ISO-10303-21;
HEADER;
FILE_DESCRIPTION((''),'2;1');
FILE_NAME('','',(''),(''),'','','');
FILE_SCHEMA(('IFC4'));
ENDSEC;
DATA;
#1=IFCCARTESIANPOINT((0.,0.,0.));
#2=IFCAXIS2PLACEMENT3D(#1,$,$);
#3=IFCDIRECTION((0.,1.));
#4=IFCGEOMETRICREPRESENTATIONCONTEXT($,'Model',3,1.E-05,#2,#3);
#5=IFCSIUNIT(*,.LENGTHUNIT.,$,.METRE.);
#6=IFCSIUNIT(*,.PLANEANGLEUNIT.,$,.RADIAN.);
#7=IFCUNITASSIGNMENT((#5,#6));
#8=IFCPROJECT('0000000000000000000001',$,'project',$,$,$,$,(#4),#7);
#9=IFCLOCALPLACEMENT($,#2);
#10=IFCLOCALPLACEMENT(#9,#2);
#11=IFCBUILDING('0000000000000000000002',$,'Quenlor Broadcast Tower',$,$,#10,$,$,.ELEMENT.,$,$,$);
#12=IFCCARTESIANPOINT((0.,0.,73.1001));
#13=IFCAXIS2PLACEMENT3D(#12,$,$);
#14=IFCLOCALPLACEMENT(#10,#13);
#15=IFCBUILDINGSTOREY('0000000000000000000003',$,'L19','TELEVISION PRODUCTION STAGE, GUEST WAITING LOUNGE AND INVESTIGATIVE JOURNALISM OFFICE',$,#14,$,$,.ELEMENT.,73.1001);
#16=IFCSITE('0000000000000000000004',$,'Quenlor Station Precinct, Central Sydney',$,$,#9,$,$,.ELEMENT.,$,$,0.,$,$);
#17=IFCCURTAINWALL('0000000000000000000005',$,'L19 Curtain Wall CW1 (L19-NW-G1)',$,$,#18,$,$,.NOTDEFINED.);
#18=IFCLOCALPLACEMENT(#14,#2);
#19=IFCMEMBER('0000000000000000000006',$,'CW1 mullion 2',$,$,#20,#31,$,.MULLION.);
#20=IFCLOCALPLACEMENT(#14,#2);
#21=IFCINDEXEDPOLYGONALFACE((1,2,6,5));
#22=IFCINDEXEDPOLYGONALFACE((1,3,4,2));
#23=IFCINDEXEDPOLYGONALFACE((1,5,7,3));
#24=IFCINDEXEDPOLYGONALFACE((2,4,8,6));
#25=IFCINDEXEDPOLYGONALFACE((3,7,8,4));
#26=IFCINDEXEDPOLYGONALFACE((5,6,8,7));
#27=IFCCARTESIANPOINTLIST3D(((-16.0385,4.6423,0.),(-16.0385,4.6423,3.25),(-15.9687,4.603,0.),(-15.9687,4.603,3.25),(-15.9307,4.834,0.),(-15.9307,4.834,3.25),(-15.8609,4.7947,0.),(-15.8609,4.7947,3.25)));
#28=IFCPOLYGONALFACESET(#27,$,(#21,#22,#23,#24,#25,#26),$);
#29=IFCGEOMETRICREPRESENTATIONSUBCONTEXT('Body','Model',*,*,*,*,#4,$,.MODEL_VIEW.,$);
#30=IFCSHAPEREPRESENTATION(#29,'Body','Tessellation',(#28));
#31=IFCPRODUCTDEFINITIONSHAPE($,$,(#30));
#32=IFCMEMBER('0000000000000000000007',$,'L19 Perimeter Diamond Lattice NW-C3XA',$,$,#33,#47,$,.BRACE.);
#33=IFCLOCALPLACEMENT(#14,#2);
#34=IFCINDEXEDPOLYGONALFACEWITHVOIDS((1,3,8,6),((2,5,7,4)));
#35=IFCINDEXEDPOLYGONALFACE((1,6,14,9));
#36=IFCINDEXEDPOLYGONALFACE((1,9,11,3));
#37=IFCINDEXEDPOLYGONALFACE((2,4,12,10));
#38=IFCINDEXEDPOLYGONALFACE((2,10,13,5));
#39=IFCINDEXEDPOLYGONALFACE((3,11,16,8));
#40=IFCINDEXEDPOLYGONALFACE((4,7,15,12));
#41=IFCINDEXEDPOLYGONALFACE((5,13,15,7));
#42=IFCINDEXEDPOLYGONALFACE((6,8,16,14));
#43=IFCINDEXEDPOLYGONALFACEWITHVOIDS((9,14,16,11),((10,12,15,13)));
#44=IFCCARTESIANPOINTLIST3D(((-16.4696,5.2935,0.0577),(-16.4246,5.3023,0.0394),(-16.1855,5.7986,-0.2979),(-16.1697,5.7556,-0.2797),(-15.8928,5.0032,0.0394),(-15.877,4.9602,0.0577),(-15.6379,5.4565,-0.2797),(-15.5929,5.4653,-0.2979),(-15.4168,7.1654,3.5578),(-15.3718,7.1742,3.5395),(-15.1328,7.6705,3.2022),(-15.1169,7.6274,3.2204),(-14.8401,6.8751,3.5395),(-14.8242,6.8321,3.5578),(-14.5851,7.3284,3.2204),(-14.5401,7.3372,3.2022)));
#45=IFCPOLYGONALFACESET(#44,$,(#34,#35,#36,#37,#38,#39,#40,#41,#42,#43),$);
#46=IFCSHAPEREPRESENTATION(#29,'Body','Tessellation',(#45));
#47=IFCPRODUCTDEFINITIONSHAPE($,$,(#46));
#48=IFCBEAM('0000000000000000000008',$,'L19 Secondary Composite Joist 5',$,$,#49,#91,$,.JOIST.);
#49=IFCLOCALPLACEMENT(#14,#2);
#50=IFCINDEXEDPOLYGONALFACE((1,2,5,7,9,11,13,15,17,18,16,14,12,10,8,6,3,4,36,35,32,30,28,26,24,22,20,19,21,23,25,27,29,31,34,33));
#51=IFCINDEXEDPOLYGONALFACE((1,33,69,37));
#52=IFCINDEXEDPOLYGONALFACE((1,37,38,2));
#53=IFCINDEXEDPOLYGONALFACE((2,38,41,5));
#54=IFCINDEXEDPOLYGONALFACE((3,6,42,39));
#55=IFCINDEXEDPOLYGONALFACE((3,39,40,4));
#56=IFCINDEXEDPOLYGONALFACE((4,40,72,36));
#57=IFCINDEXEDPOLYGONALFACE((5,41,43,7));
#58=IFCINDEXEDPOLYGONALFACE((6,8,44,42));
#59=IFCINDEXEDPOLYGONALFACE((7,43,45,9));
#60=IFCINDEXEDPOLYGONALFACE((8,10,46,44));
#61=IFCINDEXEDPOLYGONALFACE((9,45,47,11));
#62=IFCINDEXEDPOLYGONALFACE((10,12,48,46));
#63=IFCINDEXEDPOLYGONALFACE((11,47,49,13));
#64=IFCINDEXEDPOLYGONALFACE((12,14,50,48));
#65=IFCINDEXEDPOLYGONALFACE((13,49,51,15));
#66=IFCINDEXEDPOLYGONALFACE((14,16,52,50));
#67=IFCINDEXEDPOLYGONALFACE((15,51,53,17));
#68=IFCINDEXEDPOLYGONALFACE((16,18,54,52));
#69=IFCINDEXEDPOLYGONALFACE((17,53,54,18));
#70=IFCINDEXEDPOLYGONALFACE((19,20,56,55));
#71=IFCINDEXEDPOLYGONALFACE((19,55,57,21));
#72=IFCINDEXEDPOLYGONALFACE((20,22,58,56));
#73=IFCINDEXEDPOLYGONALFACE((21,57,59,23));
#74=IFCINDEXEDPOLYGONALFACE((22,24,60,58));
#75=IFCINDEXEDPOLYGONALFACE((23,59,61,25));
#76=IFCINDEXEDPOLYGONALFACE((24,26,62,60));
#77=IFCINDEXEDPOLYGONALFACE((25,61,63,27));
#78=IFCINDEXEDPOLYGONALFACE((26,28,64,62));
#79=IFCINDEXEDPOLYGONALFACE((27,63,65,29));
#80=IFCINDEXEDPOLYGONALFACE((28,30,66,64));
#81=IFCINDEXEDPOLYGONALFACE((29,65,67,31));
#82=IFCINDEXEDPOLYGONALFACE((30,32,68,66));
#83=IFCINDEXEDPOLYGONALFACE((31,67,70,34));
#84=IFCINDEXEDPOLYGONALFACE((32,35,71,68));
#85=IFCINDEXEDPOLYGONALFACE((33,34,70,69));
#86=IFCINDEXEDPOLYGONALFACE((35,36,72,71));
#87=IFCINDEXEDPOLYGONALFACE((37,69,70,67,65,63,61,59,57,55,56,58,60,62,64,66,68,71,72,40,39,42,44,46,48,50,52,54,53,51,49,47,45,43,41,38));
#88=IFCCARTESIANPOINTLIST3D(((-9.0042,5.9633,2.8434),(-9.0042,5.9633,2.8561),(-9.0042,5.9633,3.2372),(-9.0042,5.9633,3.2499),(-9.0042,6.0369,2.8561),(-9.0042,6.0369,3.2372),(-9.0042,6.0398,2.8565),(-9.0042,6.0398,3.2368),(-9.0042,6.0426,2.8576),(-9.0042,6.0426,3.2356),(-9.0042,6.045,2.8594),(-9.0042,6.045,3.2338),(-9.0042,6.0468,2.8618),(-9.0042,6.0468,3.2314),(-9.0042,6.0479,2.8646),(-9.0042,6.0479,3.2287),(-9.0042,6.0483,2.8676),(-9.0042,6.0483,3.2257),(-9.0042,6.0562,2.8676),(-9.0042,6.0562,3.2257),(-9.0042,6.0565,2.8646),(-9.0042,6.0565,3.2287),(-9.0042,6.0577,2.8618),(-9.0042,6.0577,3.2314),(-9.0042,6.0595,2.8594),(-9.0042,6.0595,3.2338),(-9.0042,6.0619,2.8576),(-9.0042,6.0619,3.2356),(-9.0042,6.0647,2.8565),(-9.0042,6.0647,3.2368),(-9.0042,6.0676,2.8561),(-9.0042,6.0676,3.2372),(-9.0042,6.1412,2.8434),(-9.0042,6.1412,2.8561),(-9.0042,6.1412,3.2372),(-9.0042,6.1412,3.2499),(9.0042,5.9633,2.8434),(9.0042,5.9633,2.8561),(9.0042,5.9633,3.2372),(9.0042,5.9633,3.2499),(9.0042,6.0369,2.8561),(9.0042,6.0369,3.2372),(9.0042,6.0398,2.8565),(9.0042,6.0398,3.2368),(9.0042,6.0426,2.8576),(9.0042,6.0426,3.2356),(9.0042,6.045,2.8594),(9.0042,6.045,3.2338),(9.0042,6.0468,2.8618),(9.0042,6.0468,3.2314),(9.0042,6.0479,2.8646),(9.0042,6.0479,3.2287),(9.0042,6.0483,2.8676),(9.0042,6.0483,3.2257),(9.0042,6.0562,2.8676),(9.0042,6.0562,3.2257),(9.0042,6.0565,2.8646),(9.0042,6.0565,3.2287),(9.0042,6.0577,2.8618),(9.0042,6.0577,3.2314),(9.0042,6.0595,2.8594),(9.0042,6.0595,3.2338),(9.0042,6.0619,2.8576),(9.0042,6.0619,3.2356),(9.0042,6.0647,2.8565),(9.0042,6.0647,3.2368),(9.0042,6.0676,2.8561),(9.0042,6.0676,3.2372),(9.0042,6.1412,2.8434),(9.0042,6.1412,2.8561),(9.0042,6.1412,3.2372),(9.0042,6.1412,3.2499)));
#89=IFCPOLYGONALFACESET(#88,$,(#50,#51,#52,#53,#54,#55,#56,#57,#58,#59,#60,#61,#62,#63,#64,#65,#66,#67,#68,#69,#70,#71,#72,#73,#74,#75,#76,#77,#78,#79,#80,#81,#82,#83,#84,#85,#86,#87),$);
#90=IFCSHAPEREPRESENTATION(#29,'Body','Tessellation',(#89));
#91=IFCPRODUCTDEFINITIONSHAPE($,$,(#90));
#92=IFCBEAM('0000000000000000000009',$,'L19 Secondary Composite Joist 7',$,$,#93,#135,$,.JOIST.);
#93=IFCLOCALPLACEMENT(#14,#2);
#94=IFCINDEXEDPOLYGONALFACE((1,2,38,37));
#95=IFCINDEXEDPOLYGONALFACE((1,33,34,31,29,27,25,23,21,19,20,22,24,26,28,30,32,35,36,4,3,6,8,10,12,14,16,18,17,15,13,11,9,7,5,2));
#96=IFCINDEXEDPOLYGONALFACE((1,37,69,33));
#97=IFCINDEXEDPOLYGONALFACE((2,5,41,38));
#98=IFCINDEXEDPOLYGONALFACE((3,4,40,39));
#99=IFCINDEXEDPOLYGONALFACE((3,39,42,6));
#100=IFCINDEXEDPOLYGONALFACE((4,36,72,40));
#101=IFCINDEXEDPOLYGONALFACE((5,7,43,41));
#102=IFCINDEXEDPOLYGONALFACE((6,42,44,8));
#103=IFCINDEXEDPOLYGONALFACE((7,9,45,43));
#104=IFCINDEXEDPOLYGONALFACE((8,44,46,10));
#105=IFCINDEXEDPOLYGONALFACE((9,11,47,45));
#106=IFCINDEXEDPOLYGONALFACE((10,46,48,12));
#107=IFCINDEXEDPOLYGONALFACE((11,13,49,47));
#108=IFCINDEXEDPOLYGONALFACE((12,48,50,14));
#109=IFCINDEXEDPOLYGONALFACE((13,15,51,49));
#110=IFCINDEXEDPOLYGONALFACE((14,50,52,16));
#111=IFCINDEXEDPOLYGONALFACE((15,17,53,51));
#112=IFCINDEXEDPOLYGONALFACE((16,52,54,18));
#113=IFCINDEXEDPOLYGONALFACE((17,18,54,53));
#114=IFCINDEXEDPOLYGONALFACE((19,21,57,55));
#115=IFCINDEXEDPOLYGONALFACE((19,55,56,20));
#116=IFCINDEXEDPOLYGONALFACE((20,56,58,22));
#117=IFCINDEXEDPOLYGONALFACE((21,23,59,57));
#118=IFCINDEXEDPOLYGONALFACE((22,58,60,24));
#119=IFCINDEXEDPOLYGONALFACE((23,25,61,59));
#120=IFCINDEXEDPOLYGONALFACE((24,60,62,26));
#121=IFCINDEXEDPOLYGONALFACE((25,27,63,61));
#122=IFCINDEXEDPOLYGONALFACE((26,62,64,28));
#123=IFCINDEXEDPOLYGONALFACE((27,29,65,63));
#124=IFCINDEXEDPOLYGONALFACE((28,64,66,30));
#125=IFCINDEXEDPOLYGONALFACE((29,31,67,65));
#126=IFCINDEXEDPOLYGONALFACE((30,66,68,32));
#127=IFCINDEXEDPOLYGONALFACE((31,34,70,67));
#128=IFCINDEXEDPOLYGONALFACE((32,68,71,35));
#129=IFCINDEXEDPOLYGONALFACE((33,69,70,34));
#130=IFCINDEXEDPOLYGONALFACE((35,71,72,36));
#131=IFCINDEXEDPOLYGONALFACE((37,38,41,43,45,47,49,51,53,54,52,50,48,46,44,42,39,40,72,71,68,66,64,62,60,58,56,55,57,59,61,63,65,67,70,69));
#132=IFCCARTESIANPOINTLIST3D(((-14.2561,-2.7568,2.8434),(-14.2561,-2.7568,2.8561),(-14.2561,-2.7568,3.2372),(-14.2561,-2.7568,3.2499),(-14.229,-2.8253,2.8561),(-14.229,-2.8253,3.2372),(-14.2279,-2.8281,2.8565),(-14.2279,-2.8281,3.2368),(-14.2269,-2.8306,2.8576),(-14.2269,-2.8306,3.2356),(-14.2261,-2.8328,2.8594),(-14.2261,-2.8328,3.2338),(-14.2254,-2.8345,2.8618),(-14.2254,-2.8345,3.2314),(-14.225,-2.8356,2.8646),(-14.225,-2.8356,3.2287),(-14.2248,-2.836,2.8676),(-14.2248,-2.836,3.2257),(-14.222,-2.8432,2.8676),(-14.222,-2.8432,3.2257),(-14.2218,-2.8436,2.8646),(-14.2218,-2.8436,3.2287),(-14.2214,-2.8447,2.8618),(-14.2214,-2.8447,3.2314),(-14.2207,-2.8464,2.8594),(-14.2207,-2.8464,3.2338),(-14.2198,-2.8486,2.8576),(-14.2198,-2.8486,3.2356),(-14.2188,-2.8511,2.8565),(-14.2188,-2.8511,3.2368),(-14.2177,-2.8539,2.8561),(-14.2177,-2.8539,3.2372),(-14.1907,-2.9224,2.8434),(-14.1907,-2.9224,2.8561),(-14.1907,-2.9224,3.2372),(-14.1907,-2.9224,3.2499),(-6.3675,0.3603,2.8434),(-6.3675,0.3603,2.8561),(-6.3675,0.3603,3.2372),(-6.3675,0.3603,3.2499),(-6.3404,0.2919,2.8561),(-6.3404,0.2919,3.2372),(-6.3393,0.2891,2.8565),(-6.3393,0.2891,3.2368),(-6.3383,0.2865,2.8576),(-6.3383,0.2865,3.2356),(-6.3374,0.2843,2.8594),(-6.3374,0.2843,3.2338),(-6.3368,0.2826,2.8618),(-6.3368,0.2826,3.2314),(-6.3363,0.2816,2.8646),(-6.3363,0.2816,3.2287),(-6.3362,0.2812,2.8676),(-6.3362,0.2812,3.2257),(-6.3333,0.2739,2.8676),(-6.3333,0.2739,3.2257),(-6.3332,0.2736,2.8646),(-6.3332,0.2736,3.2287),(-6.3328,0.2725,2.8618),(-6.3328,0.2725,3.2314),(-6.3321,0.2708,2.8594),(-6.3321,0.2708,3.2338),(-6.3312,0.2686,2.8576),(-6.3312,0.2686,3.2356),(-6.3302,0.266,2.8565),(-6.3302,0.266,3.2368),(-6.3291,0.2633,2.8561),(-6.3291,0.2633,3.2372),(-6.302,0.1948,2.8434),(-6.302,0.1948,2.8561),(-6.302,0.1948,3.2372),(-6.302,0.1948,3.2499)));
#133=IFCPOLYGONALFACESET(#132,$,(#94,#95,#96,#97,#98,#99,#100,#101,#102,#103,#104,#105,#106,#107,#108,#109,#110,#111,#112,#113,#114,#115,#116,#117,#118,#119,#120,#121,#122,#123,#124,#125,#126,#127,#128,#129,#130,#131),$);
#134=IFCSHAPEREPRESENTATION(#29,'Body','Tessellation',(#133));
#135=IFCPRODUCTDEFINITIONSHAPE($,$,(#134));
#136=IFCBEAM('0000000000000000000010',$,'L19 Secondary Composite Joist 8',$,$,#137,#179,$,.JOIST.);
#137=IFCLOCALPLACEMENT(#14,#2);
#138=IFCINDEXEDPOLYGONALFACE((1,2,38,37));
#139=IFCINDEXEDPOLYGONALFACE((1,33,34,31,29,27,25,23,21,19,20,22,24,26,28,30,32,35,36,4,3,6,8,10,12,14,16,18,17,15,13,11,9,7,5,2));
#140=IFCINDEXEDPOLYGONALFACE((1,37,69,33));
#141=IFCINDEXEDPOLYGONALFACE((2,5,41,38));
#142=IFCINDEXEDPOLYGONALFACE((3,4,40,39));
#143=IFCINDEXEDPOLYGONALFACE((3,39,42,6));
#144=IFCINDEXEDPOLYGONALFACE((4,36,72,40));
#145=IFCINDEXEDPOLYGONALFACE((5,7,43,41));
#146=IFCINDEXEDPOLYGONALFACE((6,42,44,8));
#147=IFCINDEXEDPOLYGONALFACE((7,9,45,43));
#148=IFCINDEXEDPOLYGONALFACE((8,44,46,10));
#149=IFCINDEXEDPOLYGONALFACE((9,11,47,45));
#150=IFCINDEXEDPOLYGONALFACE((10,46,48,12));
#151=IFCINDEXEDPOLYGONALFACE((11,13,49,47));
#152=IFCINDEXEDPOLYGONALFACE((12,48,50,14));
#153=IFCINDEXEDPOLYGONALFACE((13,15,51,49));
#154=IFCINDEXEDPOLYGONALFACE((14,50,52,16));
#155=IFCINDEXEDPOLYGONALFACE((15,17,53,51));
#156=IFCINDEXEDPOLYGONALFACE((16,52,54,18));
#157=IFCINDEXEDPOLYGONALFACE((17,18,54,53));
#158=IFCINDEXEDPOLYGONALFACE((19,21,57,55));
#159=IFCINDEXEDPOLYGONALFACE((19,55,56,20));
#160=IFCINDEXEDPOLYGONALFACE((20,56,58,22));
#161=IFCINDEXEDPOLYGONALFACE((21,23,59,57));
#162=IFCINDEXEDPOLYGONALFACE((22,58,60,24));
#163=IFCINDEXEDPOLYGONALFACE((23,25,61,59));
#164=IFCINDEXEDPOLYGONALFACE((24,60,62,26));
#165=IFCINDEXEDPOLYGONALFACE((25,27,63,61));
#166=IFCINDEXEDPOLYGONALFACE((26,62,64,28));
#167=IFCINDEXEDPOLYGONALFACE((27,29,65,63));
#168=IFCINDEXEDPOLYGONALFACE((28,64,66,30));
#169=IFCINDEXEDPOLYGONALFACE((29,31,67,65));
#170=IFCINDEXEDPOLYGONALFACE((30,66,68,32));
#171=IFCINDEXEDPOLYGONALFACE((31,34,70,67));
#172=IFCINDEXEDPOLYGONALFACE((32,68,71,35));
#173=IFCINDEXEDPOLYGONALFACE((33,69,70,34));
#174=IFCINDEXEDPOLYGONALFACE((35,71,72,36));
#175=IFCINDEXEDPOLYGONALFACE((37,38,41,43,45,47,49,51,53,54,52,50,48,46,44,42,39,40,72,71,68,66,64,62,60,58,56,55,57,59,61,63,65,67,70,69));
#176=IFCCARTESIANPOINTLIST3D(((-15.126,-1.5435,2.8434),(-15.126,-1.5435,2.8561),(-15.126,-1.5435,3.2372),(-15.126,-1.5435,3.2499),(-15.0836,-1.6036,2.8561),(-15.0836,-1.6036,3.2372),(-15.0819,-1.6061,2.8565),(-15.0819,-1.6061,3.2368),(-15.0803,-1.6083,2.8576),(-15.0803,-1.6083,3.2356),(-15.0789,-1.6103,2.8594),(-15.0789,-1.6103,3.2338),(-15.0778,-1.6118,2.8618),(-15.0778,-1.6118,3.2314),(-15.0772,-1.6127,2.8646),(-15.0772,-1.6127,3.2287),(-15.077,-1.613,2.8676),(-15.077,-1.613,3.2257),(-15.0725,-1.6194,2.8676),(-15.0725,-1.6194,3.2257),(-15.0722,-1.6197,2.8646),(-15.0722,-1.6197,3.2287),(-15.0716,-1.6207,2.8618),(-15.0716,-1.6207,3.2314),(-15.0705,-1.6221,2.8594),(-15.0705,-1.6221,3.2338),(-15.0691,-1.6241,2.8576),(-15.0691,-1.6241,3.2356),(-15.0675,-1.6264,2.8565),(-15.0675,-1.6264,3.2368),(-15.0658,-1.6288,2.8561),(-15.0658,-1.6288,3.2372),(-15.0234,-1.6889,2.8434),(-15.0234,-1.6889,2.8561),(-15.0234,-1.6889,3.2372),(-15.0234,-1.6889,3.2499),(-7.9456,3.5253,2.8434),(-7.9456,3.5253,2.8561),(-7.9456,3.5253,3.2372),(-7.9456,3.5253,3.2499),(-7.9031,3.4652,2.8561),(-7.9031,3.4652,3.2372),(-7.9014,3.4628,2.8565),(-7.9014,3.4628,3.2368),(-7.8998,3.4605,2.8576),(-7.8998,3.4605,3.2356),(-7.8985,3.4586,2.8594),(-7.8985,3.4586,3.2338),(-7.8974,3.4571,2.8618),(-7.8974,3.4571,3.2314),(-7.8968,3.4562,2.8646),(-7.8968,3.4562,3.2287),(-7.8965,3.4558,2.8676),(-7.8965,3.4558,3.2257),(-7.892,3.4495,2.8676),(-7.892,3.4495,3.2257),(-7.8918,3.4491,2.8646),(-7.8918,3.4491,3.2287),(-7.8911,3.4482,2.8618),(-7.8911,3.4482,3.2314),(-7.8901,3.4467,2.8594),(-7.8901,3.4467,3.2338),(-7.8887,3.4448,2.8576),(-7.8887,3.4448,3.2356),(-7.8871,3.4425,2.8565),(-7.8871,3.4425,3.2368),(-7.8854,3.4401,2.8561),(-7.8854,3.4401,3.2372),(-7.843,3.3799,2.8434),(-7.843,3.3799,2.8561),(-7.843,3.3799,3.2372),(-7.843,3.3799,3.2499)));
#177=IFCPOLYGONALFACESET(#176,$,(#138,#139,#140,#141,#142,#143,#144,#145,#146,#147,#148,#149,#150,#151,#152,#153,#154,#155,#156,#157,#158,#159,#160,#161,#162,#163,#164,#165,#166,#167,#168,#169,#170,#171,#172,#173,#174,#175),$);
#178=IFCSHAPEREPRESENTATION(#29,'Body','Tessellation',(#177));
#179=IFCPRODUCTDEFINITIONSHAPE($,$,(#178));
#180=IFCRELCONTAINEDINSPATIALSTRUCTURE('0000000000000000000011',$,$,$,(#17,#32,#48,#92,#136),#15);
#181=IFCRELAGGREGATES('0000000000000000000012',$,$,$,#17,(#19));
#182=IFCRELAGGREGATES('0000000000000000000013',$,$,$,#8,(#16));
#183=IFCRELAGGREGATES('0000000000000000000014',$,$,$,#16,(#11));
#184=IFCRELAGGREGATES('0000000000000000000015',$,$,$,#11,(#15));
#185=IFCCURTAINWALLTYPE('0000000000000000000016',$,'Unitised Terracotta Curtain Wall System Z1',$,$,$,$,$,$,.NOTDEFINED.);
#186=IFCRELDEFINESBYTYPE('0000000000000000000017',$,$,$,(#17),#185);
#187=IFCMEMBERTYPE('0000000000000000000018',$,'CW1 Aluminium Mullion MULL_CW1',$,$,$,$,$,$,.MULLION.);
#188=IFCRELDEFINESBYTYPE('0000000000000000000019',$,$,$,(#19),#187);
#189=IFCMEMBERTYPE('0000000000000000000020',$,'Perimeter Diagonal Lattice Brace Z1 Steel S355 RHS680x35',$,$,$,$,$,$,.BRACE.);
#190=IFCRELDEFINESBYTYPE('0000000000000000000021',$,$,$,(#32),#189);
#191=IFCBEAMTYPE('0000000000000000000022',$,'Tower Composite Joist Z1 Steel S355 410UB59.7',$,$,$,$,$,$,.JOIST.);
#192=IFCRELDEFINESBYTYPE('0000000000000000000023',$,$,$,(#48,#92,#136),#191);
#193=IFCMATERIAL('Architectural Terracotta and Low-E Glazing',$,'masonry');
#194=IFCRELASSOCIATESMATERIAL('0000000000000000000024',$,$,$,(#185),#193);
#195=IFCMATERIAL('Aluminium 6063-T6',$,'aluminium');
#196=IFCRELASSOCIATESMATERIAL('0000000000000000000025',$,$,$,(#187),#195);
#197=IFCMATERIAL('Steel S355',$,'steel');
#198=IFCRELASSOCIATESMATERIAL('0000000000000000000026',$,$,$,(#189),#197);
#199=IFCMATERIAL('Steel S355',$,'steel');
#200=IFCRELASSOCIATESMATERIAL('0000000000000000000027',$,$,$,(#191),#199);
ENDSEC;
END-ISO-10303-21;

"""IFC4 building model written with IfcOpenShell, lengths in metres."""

from ifc_helpers import new_model, si_unit, direction, frame, origin, origin_2d, place, context, subcontext, project, spatial, rectangle, hollow_rectangle, i_section, extrude, material, material_profile, profile_set, type_object, element, aggregate, save


model = new_model("IFC4")

# Units and contexts
model_context = context("Model", 3, precision=1e-05, world=origin(), true_north=direction((0.0, 1.0)))
body_context = subcontext(model_context, "Body", "Model", "MODEL_VIEW")
ifc_project = project(units=[si_unit("LENGTHUNIT", "METRE"), si_unit("PLANEANGLEUNIT", "RADIAN")], contexts=[model_context])

# Site, building, storey
site_placement = place(None, origin())
site = spatial("IfcSite", under=ifc_project, at=site_placement, Name="Quenlor Station Precinct, Central Sydney", CompositionType="ELEMENT", RefElevation=0.0)
building_placement = place(site_placement, origin())
building = spatial("IfcBuilding", under=site, at=building_placement, Name="Quenlor Broadcast Tower", CompositionType="ELEMENT")
storey_placement = place(building_placement, frame((0.0, 0.0, 73.1001)))
storey = spatial("IfcBuildingStorey", under=building, at=storey_placement, Name="L19", Description="TELEVISION PRODUCTION STAGE, GUEST WAITING LOUNGE AND INVESTIGATIVE JOURNALISM OFFICE", CompositionType="ELEMENT", Elevation=73.1001)

# Curtain wall, member
ifc_material_1 = material(Name="Architectural Terracotta and Low-E Glazing", Category="masonry")
curtain_wall_type = type_object("IfcCurtainWallType", Name="Unitised Terracotta Curtain Wall System Z1", PredefinedType="NOTDEFINED", material=ifc_material_1)
curtain_wall_placement = place(storey_placement, origin())
curtain_wall = element("IfcCurtainWall", 1, at=curtain_wall_placement, inside=storey, type_object=curtain_wall_type, Name="L19 Curtain Wall CW1 (L19-NW-G1)", PredefinedType="NOTDEFINED")
ifc_material_2 = material(Name="Aluminium 6063-T6", Category="aluminium")
ifc_material_profile_1 = material_profile(ifc_material_2, rectangle(XDim=0.0801, YDim=0.22, at=origin_2d()))
ifc_profile_set_1 = profile_set([ifc_material_profile_1], Name="Aluminium 6063-T6 MULL80x220")
member_type_1 = type_object("IfcMemberType", Name="CW1 Aluminium Mullion MULL_CW1", PredefinedType="MULLION", material=ifc_profile_set_1)
member_1_placement = place(storey_placement, frame((-15.9497, 4.7185, 0.0), z_axis=(0.0, 0.0, 1.0), x_axis=(-0.871568, 0.490274, 0.0)))
member_1 = element("IfcMember", 2, at=member_1_placement, type_object=member_type_1, Name="CW1 mullion 2", PredefinedType="MULLION", context=body_context, shape_type="SweptSolid", body=[
    extrude(rectangle(XDim=0.0801, YDim=0.22, at=origin_2d()), origin(), (0.0, 0.0, 1.0), 3.25),
])
aggregate(curtain_wall, [member_1])

# Member
ifc_material_3 = material(Name="Steel S355", Category="steel")
ifc_material_profile_2 = material_profile(ifc_material_3, hollow_rectangle(XDim=0.6799, YDim=0.6799, WallThickness=0.0349, at=origin_2d()))
ifc_profile_set_2 = profile_set([ifc_material_profile_2], Name="Steel S355 RHS680x680x35")
member_type_2 = type_object("IfcMemberType", Name="Perimeter Diagonal Lattice Brace Z1 Steel S355 RHS680x35", PredefinedType="BRACE", material=ifc_profile_set_2)
member_2_placement = place(storey_placement, frame((-16.0312, 5.3794, -0.1201), z_axis=(0.256368, 0.455839, 0.852342), x_axis=(-0.871609, 0.490202, 0.0)))
element("IfcMember", 3, at=member_2_placement, inside=storey, type_object=member_type_2, Name="L19 Perimeter Diamond Lattice NW-C3XA", PredefinedType="BRACE", context=body_context, shape_type="SweptSolid", body=[
    extrude(hollow_rectangle(XDim=0.6799, YDim=0.6799, WallThickness=0.0349, at=origin_2d()), origin(), (0.0, 0.0, 1.0), 4.1064),
])

# Beams
ifc_material_4 = material(Name="Steel S355", Category="steel")
ifc_material_profile_3 = material_profile(ifc_material_4, i_section(OverallWidth=0.178, OverallDepth=0.4065, WebThickness=0.0078, FlangeThickness=0.0127, FilletRadius=0.0115, at=origin_2d()))
ifc_profile_set_3 = profile_set([ifc_material_profile_3], Name="Steel S355 410UB59.7")
beam_type = type_object("IfcBeamType", Name="Tower Composite Joist Z1 Steel S355 410UB59.7", PredefinedType="JOIST", material=ifc_profile_set_3)
beam_1_placement = place(storey_placement, frame((-9.0042, 6.0522, 3.0466), z_axis=(1.0, 0.0, 0.0), x_axis=(0.0, 1.0, 0.0)))
element("IfcBeam", 4, at=beam_1_placement, inside=storey, type_object=beam_type, Name="L19 Secondary Composite Joist 5", PredefinedType="JOIST", context=body_context, shape_type="SweptSolid", body=[
    extrude(i_section(OverallWidth=0.178, OverallDepth=0.4065, WebThickness=0.0078, FlangeThickness=0.0127, FilletRadius=0.0115, at=origin_2d()), origin(), (0.0, 0.0, 1.0), 18.0083),
])
beam_2_placement = place(storey_placement, frame((-14.2234, -2.8396, 3.0466), z_axis=(0.930025, 0.367497, 0.0), x_axis=(-0.367497, 0.930025, 0.0)))
element("IfcBeam", 5, at=beam_2_placement, inside=storey, type_object=beam_type, Name="L19 Secondary Composite Joist 7", PredefinedType="JOIST", context=body_context, shape_type="SweptSolid", body=[
    extrude(i_section(OverallWidth=0.178, OverallDepth=0.4065, WebThickness=0.0078, FlangeThickness=0.0127, FilletRadius=0.0115, at=origin_2d()), origin(), (0.0, 0.0, 1.0), 8.4822),
])
beam_3_placement = place(storey_placement, frame((-15.0747, -1.6162, 3.0466), z_axis=(0.816951, 0.576707, 0.0), x_axis=(-0.576707, 0.816951, 0.0)))
element("IfcBeam", 6, at=beam_3_placement, inside=storey, type_object=beam_type, Name="L19 Secondary Composite Joist 8", PredefinedType="JOIST", context=body_context, shape_type="SweptSolid", body=[
    extrude(i_section(OverallWidth=0.178, OverallDepth=0.4065, WebThickness=0.0078, FlangeThickness=0.0127, FilletRadius=0.0115, at=origin_2d()), origin(), (0.0, 0.0, 1.0), 8.7893),
])

save(model, "model.ifc")
